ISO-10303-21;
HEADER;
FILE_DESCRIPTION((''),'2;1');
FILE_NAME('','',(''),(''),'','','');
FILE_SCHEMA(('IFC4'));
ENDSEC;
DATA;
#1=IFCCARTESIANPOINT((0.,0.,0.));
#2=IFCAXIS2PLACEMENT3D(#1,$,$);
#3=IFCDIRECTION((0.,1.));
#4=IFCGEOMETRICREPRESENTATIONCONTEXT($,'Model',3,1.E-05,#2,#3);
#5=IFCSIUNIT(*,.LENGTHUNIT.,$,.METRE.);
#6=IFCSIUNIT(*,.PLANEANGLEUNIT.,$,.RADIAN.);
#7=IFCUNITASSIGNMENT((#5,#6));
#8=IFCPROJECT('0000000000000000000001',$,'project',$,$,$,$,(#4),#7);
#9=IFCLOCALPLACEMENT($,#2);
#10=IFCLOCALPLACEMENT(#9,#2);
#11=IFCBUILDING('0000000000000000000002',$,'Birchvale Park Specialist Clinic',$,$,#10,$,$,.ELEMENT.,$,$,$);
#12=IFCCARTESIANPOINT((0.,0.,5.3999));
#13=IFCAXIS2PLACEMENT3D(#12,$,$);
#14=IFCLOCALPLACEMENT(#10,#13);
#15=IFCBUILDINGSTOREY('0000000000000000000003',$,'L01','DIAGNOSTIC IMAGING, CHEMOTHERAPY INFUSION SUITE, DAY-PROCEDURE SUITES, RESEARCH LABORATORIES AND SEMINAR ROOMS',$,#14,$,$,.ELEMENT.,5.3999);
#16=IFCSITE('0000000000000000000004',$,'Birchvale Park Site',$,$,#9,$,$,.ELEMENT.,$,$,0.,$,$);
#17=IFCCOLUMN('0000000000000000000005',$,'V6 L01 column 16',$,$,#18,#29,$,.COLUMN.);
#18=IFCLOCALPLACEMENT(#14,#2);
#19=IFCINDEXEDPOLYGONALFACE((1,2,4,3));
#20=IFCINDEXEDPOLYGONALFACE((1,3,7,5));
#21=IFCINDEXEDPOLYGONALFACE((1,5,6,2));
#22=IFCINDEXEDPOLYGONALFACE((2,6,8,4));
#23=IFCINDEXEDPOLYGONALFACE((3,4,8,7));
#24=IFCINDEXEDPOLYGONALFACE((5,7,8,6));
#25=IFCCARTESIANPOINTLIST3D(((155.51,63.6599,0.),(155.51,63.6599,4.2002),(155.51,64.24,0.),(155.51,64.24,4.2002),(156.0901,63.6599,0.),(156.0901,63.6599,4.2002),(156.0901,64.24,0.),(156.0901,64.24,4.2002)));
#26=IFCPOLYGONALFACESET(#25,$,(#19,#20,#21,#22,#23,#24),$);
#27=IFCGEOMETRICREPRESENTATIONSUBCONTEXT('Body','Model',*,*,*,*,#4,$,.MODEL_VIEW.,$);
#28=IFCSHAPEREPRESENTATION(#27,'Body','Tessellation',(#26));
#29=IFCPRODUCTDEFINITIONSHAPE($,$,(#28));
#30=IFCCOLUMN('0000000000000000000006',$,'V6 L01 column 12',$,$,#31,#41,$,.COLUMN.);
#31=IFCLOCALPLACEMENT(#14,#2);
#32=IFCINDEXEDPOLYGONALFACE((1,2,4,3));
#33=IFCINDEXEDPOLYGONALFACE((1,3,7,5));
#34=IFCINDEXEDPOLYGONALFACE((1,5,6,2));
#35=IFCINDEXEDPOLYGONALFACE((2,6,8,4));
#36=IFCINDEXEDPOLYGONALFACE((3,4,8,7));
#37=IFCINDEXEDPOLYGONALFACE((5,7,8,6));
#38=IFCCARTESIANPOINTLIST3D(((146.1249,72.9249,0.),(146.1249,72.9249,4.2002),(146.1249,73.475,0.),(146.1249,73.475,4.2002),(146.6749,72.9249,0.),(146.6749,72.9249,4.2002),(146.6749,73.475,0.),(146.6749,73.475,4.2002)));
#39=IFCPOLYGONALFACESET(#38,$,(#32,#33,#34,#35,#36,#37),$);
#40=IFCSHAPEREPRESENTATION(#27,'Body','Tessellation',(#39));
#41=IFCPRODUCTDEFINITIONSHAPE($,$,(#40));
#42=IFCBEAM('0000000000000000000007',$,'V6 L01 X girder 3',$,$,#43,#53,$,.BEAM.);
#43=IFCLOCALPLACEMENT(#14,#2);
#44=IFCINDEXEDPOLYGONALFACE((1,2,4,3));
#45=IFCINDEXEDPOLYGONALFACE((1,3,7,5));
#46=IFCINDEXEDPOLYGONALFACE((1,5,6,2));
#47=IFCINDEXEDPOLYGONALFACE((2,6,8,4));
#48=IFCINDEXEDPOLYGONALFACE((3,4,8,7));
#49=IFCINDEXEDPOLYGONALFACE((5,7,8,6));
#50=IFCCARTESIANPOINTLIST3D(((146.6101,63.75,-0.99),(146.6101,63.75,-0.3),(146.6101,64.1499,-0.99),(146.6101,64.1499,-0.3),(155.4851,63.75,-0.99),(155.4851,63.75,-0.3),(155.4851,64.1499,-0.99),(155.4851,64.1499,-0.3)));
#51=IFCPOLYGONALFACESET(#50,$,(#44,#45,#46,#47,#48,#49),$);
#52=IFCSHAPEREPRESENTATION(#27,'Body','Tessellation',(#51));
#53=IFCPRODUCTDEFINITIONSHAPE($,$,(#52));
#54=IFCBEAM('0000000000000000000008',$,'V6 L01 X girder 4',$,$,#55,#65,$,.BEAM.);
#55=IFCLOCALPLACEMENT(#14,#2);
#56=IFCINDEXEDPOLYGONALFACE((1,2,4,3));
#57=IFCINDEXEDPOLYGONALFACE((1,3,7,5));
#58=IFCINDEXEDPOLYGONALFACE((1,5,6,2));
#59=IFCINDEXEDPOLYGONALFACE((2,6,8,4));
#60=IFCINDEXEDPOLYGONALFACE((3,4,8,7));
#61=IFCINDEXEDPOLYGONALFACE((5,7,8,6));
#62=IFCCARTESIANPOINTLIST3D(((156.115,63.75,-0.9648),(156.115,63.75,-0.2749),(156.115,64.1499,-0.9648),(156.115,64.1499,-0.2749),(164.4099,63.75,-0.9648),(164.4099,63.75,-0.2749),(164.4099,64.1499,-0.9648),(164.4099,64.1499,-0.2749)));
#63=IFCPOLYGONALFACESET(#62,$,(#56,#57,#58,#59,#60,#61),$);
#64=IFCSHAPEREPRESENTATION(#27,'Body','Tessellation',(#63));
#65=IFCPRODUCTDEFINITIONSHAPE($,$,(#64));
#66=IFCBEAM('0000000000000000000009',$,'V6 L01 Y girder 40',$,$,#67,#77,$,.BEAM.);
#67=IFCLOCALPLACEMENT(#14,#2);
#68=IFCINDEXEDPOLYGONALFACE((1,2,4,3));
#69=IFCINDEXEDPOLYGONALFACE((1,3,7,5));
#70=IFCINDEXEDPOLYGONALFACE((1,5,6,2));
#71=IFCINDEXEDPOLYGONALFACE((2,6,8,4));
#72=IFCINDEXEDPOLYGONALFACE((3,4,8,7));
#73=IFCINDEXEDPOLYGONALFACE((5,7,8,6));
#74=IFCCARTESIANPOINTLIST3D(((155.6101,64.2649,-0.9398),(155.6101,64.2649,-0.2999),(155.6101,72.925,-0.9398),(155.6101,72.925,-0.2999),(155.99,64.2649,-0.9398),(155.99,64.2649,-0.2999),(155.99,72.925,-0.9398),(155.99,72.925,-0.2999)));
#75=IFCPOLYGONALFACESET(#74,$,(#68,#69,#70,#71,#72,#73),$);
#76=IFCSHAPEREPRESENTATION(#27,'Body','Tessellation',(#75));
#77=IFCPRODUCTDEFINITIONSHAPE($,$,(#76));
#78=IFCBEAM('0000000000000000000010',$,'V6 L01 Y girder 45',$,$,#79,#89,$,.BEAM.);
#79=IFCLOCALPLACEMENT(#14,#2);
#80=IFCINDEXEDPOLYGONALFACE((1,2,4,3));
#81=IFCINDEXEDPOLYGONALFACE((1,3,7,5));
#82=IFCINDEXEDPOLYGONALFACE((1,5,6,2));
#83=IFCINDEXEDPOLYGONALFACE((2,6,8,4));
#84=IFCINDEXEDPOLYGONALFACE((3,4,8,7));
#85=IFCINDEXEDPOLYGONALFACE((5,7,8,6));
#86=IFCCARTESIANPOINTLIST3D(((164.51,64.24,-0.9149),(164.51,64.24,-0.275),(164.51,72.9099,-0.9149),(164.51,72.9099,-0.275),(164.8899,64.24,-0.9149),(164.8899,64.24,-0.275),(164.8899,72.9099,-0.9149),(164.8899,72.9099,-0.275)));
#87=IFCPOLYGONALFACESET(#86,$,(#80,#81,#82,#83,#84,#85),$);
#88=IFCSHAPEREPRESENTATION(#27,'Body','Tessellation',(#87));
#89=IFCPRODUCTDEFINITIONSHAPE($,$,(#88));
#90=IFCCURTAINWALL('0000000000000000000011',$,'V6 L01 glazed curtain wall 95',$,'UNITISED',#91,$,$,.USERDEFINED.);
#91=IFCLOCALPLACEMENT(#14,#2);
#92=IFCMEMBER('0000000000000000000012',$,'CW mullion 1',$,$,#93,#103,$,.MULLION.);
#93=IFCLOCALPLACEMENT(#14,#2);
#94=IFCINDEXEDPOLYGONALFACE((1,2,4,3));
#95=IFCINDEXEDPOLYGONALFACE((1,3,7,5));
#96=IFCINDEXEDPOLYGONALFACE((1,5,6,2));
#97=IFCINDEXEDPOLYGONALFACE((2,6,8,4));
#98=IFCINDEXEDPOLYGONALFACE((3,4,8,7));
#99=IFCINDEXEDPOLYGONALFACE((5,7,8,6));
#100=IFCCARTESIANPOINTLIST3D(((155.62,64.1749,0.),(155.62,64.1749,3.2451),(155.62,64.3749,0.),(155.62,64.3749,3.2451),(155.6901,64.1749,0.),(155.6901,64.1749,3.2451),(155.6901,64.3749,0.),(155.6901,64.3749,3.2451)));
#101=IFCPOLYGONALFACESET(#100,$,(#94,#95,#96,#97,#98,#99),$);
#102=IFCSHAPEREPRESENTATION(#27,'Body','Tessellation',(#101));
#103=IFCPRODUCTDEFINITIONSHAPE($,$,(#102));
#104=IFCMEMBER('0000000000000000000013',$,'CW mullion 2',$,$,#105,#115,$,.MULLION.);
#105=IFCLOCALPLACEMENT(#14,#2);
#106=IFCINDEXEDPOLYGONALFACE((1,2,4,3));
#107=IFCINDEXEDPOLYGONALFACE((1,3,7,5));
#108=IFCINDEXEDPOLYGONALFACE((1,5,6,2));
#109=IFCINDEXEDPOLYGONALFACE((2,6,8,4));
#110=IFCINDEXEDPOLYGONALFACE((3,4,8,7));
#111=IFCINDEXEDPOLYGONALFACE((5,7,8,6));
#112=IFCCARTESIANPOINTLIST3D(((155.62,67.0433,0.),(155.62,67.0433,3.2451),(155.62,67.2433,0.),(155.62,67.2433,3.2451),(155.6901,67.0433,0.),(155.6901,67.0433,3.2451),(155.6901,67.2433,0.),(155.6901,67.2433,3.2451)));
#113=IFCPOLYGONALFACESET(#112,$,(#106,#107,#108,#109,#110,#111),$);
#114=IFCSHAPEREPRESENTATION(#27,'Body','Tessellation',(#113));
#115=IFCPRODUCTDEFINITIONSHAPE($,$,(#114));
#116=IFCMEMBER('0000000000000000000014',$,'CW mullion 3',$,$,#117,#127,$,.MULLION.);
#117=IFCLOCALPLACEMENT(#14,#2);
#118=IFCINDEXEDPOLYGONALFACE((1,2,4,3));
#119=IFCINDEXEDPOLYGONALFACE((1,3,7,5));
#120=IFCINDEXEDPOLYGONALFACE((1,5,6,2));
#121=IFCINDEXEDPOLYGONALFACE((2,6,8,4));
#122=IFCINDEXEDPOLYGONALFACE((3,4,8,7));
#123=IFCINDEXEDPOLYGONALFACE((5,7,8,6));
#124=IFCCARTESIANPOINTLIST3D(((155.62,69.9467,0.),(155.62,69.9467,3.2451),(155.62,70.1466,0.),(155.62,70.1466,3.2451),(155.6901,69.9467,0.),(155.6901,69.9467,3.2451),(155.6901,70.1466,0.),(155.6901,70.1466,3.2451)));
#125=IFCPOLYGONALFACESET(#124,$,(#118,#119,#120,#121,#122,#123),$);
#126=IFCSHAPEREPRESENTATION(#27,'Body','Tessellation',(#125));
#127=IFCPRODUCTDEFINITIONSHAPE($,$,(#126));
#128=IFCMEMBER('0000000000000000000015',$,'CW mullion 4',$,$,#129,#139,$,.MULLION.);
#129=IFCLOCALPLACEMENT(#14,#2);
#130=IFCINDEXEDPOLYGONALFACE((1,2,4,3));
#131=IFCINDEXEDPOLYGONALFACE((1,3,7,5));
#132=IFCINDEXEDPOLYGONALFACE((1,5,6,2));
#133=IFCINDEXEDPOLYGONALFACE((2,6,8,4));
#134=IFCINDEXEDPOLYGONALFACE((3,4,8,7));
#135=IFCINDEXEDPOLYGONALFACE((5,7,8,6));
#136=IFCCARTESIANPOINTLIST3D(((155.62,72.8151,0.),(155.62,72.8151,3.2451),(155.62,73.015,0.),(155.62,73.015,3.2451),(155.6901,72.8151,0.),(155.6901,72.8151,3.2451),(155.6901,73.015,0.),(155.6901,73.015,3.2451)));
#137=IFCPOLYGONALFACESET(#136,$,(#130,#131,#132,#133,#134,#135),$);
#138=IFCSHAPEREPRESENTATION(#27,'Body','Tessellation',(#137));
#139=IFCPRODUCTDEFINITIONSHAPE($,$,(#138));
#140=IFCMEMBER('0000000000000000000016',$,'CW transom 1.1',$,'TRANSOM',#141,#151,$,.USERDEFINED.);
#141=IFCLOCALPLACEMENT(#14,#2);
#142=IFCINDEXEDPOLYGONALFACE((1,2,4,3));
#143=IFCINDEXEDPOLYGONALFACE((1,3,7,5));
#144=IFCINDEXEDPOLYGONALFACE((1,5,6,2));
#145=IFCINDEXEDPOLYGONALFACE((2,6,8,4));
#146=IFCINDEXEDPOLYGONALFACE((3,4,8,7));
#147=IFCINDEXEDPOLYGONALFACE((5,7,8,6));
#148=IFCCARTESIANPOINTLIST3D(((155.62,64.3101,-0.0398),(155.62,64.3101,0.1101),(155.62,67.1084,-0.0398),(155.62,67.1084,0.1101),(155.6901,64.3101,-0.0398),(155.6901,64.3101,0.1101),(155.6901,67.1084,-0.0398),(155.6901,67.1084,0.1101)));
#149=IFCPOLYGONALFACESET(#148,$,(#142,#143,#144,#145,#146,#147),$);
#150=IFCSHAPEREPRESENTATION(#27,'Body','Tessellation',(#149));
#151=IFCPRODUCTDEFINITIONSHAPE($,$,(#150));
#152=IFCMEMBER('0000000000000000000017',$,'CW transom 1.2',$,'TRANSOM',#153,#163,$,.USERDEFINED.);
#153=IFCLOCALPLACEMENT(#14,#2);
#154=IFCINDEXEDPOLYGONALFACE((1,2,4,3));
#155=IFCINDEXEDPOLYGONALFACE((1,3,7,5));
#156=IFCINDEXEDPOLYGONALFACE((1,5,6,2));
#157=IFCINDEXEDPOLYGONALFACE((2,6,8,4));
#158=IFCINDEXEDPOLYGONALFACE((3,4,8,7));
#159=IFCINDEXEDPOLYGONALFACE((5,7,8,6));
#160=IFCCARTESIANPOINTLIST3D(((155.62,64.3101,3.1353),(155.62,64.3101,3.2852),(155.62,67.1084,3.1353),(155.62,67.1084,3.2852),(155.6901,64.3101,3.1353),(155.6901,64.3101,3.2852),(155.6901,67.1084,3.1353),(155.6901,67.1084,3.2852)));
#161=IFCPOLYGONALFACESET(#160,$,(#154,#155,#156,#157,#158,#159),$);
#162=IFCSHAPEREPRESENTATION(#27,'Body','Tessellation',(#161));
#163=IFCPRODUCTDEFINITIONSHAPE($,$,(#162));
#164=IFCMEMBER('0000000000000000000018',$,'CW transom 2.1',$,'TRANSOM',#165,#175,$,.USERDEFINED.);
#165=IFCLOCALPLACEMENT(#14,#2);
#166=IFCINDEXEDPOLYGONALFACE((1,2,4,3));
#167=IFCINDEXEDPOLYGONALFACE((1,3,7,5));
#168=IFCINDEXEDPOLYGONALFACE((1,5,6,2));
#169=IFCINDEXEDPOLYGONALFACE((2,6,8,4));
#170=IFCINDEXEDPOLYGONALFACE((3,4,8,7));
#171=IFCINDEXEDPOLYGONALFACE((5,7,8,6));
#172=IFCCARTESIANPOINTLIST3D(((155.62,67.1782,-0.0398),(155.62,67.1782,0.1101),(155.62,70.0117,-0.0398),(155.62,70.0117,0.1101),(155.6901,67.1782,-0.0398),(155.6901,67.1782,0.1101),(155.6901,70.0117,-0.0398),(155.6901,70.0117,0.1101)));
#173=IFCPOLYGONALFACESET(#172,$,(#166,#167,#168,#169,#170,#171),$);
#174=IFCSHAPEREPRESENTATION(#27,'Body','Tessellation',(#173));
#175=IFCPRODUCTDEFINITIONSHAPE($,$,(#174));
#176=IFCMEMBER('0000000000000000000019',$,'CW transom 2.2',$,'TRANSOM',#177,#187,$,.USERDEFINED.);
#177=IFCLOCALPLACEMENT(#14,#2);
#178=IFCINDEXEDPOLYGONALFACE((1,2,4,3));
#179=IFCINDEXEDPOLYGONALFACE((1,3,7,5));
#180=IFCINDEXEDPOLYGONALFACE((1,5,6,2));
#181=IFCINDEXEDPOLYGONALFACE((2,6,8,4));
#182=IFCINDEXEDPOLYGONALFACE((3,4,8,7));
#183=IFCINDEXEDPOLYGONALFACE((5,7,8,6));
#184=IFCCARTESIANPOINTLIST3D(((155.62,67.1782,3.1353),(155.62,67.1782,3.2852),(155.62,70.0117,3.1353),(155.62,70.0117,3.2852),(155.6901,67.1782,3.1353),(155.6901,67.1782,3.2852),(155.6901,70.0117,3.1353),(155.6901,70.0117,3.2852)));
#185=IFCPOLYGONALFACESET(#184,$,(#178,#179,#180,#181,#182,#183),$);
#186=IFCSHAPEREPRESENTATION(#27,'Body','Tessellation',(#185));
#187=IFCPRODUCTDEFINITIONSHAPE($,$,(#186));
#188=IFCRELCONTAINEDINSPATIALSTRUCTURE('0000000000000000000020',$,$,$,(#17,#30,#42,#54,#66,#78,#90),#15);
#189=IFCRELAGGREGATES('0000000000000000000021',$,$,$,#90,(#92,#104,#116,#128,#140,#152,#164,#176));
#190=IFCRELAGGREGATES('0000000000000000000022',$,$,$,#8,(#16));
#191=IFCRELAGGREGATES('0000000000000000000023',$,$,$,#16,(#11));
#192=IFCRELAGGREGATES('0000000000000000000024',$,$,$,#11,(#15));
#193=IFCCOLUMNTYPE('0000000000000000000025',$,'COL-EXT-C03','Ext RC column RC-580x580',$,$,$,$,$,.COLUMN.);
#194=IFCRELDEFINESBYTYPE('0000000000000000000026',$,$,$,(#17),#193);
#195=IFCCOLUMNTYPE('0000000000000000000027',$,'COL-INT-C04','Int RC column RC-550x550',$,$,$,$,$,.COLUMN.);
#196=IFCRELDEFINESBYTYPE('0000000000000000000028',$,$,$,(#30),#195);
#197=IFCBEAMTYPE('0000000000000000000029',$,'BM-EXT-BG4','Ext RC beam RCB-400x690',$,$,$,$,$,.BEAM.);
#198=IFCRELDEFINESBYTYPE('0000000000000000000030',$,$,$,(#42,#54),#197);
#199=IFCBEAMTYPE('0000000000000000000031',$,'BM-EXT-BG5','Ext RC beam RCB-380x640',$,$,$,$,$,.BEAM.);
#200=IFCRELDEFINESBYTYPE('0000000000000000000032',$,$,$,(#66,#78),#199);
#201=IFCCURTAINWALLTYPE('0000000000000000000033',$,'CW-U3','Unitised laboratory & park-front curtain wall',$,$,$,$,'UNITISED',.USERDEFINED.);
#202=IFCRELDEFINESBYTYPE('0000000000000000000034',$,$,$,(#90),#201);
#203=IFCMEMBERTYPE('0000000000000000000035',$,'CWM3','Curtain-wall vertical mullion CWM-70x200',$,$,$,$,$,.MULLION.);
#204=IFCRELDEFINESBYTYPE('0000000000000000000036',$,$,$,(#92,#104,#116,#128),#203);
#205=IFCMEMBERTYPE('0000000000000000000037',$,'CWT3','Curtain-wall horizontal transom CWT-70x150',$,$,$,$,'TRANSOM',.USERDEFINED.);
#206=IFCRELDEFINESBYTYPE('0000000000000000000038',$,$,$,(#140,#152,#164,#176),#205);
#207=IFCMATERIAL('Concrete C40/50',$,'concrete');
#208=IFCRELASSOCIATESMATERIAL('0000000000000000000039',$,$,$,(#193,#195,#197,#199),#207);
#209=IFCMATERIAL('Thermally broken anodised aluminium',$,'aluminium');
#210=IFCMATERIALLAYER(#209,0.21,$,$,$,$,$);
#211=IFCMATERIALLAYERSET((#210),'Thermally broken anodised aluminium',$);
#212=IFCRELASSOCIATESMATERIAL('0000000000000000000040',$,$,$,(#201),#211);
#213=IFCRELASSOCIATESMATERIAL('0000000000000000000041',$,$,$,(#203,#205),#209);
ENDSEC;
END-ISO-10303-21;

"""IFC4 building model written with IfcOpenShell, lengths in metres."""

from ifc_helpers import new_model, si_unit, direction, frame, origin, origin_2d, place, context, subcontext, project, spatial, rectangle, extrude, material, layer, layer_set, material_profile, profile_set, type_object, element, aggregate, save


model = new_model("IFC4")

# Units and contexts
model_context = context("Model", 3, precision=1e-05, world=origin(), true_north=direction((0.0, 1.0)))
body_context = subcontext(model_context, "Body", "Model", "MODEL_VIEW")
ifc_project = project(units=[si_unit("LENGTHUNIT", "METRE"), si_unit("PLANEANGLEUNIT", "RADIAN")], contexts=[model_context])

# Site, building, storey
site_placement = place(None, origin())
site = spatial("IfcSite", under=ifc_project, at=site_placement, Name="Birchvale Park Site", CompositionType="ELEMENT", RefElevation=0.0)
building_placement = place(site_placement, origin())
building = spatial("IfcBuilding", under=site, at=building_placement, Name="Birchvale Park Specialist Clinic", CompositionType="ELEMENT")
storey_placement = place(building_placement, frame((0.0, 0.0, 5.3999)))
storey = spatial("IfcBuildingStorey", under=building, at=storey_placement, Name="L01", Description="DIAGNOSTIC IMAGING, CHEMOTHERAPY INFUSION SUITE, DAY-PROCEDURE SUITES, RESEARCH LABORATORIES AND SEMINAR ROOMS", CompositionType="ELEMENT", Elevation=5.3999)

# Columns
ifc_material_1 = material(Name="Concrete C40/50", Category="concrete")
ifc_material_profile_1 = material_profile(ifc_material_1, rectangle(XDim=0.5801, YDim=0.5801, at=origin_2d()), Name="RC-580x580")
ifc_profile_set_1 = profile_set([ifc_material_profile_1], Name="Concrete C40/50")
column_type_1 = type_object("IfcColumnType", Name="COL-EXT-C03", Description="Ext RC column RC-580x580", PredefinedType="COLUMN", material=ifc_profile_set_1)
column_1_placement = place(storey_placement, frame((155.8, 63.95, 0.0), z_axis=(0.0, 0.0, 1.0), x_axis=(1.0, 0.0, 0.0)))
element("IfcColumn", 1, at=column_1_placement, inside=storey, type_object=column_type_1, Name="V6 L01 column 16", PredefinedType="COLUMN", context=body_context, shape_type="SweptSolid", body=[
    extrude(rectangle(XDim=0.5801, YDim=0.5801, at=origin_2d()), origin(), (0.0, 0.0, 1.0), 4.2002),
])
ifc_material_profile_2 = material_profile(ifc_material_1, rectangle(XDim=0.55, YDim=0.55, at=origin_2d()), Name="RC-550x550")
ifc_profile_set_2 = profile_set([ifc_material_profile_2], Name="Concrete C40/50")
column_type_2 = type_object("IfcColumnType", Name="COL-INT-C04", Description="Int RC column RC-550x550", PredefinedType="COLUMN", material=ifc_profile_set_2)
column_2_placement = place(storey_placement, frame((146.3999, 73.2, 0.0), z_axis=(0.0, 0.0, 1.0), x_axis=(1.0, 0.0, 0.0)))
element("IfcColumn", 2, at=column_2_placement, inside=storey, type_object=column_type_2, Name="V6 L01 column 12", PredefinedType="COLUMN", context=body_context, shape_type="SweptSolid", body=[
    extrude(rectangle(XDim=0.55, YDim=0.55, at=origin_2d()), origin(), (0.0, 0.0, 1.0), 4.2002),
])

# Beams
ifc_material_profile_3 = material_profile(ifc_material_1, rectangle(XDim=0.3999, YDim=0.6899, at=origin_2d()), Name="RCB-400x690")
ifc_profile_set_3 = profile_set([ifc_material_profile_3], Name="Concrete C40/50")
beam_type_1 = type_object("IfcBeamType", Name="BM-EXT-BG4", Description="Ext RC beam RCB-400x690", PredefinedType="BEAM", material=ifc_profile_set_3)
beam_1_placement = place(storey_placement, frame((146.6101, 63.95, -0.645), z_axis=(1.0, 0.0, 0.0), x_axis=(0.0, 1.0, 0.0)))
element("IfcBeam", 3, at=beam_1_placement, inside=storey, type_object=beam_type_1, Name="V6 L01 X girder 3", PredefinedType="BEAM", context=body_context, shape_type="SweptSolid", body=[
    extrude(rectangle(XDim=0.3999, YDim=0.6899, at=origin_2d()), origin(), (0.0, 0.0, 1.0), 8.875),
])
beam_2_placement = place(storey_placement, frame((156.115, 63.95, -0.6199), z_axis=(1.0, 0.0, 0.0), x_axis=(0.0, 1.0, 0.0)))
element("IfcBeam", 4, at=beam_2_placement, inside=storey, type_object=beam_type_1, Name="V6 L01 X girder 4", PredefinedType="BEAM", context=body_context, shape_type="SweptSolid", body=[
    extrude(rectangle(XDim=0.3999, YDim=0.6899, at=origin_2d()), origin(), (0.0, 0.0, 1.0), 8.2949),
])
ifc_material_profile_4 = material_profile(ifc_material_1, rectangle(XDim=0.3799, YDim=0.6399, at=origin_2d()), Name="RCB-380x640")
ifc_profile_set_4 = profile_set([ifc_material_profile_4], Name="Concrete C40/50")
beam_type_2 = type_object("IfcBeamType", Name="BM-EXT-BG5", Description="Ext RC beam RCB-380x640", PredefinedType="BEAM", material=ifc_profile_set_4)
beam_3_placement = place(storey_placement, frame((155.8, 64.2649, -0.6199), z_axis=(0.0, 1.0, 0.0), x_axis=(-1.0, 0.0, 0.0)))
element("IfcBeam", 5, at=beam_3_placement, inside=storey, type_object=beam_type_2, Name="V6 L01 Y girder 40", PredefinedType="BEAM", context=body_context, shape_type="SweptSolid", body=[
    extrude(rectangle(XDim=0.3799, YDim=0.6399, at=origin_2d()), origin(), (0.0, 0.0, 1.0), 8.6602),
])
beam_4_placement = place(storey_placement, frame((164.7, 64.24, -0.595), z_axis=(0.0, 1.0, 0.0), x_axis=(-1.0, 0.0, 0.0)))
element("IfcBeam", 6, at=beam_4_placement, inside=storey, type_object=beam_type_2, Name="V6 L01 Y girder 45", PredefinedType="BEAM", context=body_context, shape_type="SweptSolid", body=[
    extrude(rectangle(XDim=0.3799, YDim=0.6399, at=origin_2d()), origin(), (0.0, 0.0, 1.0), 8.6699),
])

# Curtain wall, members
ifc_material_2 = material(Name="Thermally broken anodised aluminium", Category="aluminium")
ifc_layer_1 = layer(ifc_material_2, 0.21)
ifc_layer_set_1 = layer_set([ifc_layer_1], Name="Thermally broken anodised aluminium")
curtain_wall_type = type_object("IfcCurtainWallType", Name="CW-U3", Description="Unitised laboratory & park-front curtain wall", ElementType="UNITISED", PredefinedType="USERDEFINED", material=ifc_layer_set_1)
curtain_wall_placement = place(storey_placement, origin())
curtain_wall = element("IfcCurtainWall", 7, at=curtain_wall_placement, inside=storey, type_object=curtain_wall_type, Name="V6 L01 glazed curtain wall 95", ObjectType="UNITISED", PredefinedType="USERDEFINED")
ifc_material_profile_5 = material_profile(ifc_material_2, rectangle(XDim=0.0701, YDim=0.2, at=origin_2d()), Name="CWM-70x200")
ifc_profile_set_5 = profile_set([ifc_material_profile_5], Name="Thermally broken anodised aluminium")
member_type_1 = type_object("IfcMemberType", Name="CWM3", Description="Curtain-wall vertical mullion CWM-70x200", PredefinedType="MULLION", material=ifc_profile_set_5)
member_1_placement = place(storey_placement, frame((155.655, 64.2749, 0.0), z_axis=(0.0, 0.0, 1.0), x_axis=(-1.0, 0.0, 0.0)))
member_1 = element("IfcMember", 8, at=member_1_placement, type_object=member_type_1, Name="CW mullion 1", PredefinedType="MULLION", context=body_context, shape_type="SweptSolid", body=[
    extrude(rectangle(XDim=0.0701, YDim=0.2, at=origin_2d()), origin(), (0.0, 0.0, 1.0), 3.2451),
])
member_2_placement = place(storey_placement, frame((155.655, 67.1433, 0.0), z_axis=(0.0, 0.0, 1.0), x_axis=(-1.0, 0.0, 0.0)))
member_2 = element("IfcMember", 9, at=member_2_placement, type_object=member_type_1, Name="CW mullion 2", PredefinedType="MULLION", context=body_context, shape_type="SweptSolid", body=[
    extrude(rectangle(XDim=0.0701, YDim=0.2, at=origin_2d()), origin(), (0.0, 0.0, 1.0), 3.2451),
])
member_3_placement = place(storey_placement, frame((155.655, 70.0466, 0.0), z_axis=(0.0, 0.0, 1.0), x_axis=(-1.0, 0.0, 0.0)))
member_3 = element("IfcMember", 10, at=member_3_placement, type_object=member_type_1, Name="CW mullion 3", PredefinedType="MULLION", context=body_context, shape_type="SweptSolid", body=[
    extrude(rectangle(XDim=0.0701, YDim=0.2, at=origin_2d()), origin(), (0.0, 0.0, 1.0), 3.2451),
])
member_4_placement = place(storey_placement, frame((155.655, 72.915, 0.0), z_axis=(0.0, 0.0, 1.0), x_axis=(-1.0, 0.0, 0.0)))
member_4 = element("IfcMember", 11, at=member_4_placement, type_object=member_type_1, Name="CW mullion 4", PredefinedType="MULLION", context=body_context, shape_type="SweptSolid", body=[
    extrude(rectangle(XDim=0.0701, YDim=0.2, at=origin_2d()), origin(), (0.0, 0.0, 1.0), 3.2451),
])
ifc_material_profile_6 = material_profile(ifc_material_2, rectangle(XDim=0.0701, YDim=0.1499, at=origin_2d()), Name="CWT-70x150")
ifc_profile_set_6 = profile_set([ifc_material_profile_6], Name="Thermally broken anodised aluminium")
member_type_2 = type_object("IfcMemberType", Name="CWT3", Description="Curtain-wall horizontal transom CWT-70x150", ElementType="TRANSOM", PredefinedType="USERDEFINED", material=ifc_profile_set_6)
member_5_placement = place(storey_placement, frame((155.655, 64.3101, 0.0352), z_axis=(0.0, 1.0, 0.0), x_axis=(-1.0, 0.0, 0.0)))
member_5 = element("IfcMember", 12, at=member_5_placement, type_object=member_type_2, Name="CW transom 1.1", ObjectType="TRANSOM", PredefinedType="USERDEFINED", context=body_context, shape_type="SweptSolid", body=[
    extrude(rectangle(XDim=0.0701, YDim=0.1499, at=origin_2d()), origin(), (0.0, 0.0, 1.0), 2.7983),
])
member_6_placement = place(storey_placement, frame((155.655, 64.3101, 3.2102), z_axis=(0.0, 1.0, 0.0), x_axis=(-1.0, 0.0, 0.0)))
member_6 = element("IfcMember", 13, at=member_6_placement, type_object=member_type_2, Name="CW transom 1.2", ObjectType="TRANSOM", PredefinedType="USERDEFINED", context=body_context, shape_type="SweptSolid", body=[
    extrude(rectangle(XDim=0.0701, YDim=0.1499, at=origin_2d()), origin(), (0.0, 0.0, 1.0), 2.7983),
])
member_7_placement = place(storey_placement, frame((155.655, 67.1782, 0.0352), z_axis=(0.0, 1.0, 0.0), x_axis=(-1.0, 0.0, 0.0)))
member_7 = element("IfcMember", 14, at=member_7_placement, type_object=member_type_2, Name="CW transom 2.1", ObjectType="TRANSOM", PredefinedType="USERDEFINED", context=body_context, shape_type="SweptSolid", body=[
    extrude(rectangle(XDim=0.0701, YDim=0.1499, at=origin_2d()), origin(), (0.0, 0.0, 1.0), 2.8335),
])
member_8_placement = place(storey_placement, frame((155.655, 67.1782, 3.2102), z_axis=(0.0, 1.0, 0.0), x_axis=(-1.0, 0.0, 0.0)))
member_8 = element("IfcMember", 15, at=member_8_placement, type_object=member_type_2, Name="CW transom 2.2", ObjectType="TRANSOM", PredefinedType="USERDEFINED", context=body_context, shape_type="SweptSolid", body=[
    extrude(rectangle(XDim=0.0701, YDim=0.1499, at=origin_2d()), origin(), (0.0, 0.0, 1.0), 2.8335),
])

aggregate(curtain_wall, [member_1, member_2, member_3, member_4, member_5, member_6, member_7, member_8])

save(model, "model.ifc")
